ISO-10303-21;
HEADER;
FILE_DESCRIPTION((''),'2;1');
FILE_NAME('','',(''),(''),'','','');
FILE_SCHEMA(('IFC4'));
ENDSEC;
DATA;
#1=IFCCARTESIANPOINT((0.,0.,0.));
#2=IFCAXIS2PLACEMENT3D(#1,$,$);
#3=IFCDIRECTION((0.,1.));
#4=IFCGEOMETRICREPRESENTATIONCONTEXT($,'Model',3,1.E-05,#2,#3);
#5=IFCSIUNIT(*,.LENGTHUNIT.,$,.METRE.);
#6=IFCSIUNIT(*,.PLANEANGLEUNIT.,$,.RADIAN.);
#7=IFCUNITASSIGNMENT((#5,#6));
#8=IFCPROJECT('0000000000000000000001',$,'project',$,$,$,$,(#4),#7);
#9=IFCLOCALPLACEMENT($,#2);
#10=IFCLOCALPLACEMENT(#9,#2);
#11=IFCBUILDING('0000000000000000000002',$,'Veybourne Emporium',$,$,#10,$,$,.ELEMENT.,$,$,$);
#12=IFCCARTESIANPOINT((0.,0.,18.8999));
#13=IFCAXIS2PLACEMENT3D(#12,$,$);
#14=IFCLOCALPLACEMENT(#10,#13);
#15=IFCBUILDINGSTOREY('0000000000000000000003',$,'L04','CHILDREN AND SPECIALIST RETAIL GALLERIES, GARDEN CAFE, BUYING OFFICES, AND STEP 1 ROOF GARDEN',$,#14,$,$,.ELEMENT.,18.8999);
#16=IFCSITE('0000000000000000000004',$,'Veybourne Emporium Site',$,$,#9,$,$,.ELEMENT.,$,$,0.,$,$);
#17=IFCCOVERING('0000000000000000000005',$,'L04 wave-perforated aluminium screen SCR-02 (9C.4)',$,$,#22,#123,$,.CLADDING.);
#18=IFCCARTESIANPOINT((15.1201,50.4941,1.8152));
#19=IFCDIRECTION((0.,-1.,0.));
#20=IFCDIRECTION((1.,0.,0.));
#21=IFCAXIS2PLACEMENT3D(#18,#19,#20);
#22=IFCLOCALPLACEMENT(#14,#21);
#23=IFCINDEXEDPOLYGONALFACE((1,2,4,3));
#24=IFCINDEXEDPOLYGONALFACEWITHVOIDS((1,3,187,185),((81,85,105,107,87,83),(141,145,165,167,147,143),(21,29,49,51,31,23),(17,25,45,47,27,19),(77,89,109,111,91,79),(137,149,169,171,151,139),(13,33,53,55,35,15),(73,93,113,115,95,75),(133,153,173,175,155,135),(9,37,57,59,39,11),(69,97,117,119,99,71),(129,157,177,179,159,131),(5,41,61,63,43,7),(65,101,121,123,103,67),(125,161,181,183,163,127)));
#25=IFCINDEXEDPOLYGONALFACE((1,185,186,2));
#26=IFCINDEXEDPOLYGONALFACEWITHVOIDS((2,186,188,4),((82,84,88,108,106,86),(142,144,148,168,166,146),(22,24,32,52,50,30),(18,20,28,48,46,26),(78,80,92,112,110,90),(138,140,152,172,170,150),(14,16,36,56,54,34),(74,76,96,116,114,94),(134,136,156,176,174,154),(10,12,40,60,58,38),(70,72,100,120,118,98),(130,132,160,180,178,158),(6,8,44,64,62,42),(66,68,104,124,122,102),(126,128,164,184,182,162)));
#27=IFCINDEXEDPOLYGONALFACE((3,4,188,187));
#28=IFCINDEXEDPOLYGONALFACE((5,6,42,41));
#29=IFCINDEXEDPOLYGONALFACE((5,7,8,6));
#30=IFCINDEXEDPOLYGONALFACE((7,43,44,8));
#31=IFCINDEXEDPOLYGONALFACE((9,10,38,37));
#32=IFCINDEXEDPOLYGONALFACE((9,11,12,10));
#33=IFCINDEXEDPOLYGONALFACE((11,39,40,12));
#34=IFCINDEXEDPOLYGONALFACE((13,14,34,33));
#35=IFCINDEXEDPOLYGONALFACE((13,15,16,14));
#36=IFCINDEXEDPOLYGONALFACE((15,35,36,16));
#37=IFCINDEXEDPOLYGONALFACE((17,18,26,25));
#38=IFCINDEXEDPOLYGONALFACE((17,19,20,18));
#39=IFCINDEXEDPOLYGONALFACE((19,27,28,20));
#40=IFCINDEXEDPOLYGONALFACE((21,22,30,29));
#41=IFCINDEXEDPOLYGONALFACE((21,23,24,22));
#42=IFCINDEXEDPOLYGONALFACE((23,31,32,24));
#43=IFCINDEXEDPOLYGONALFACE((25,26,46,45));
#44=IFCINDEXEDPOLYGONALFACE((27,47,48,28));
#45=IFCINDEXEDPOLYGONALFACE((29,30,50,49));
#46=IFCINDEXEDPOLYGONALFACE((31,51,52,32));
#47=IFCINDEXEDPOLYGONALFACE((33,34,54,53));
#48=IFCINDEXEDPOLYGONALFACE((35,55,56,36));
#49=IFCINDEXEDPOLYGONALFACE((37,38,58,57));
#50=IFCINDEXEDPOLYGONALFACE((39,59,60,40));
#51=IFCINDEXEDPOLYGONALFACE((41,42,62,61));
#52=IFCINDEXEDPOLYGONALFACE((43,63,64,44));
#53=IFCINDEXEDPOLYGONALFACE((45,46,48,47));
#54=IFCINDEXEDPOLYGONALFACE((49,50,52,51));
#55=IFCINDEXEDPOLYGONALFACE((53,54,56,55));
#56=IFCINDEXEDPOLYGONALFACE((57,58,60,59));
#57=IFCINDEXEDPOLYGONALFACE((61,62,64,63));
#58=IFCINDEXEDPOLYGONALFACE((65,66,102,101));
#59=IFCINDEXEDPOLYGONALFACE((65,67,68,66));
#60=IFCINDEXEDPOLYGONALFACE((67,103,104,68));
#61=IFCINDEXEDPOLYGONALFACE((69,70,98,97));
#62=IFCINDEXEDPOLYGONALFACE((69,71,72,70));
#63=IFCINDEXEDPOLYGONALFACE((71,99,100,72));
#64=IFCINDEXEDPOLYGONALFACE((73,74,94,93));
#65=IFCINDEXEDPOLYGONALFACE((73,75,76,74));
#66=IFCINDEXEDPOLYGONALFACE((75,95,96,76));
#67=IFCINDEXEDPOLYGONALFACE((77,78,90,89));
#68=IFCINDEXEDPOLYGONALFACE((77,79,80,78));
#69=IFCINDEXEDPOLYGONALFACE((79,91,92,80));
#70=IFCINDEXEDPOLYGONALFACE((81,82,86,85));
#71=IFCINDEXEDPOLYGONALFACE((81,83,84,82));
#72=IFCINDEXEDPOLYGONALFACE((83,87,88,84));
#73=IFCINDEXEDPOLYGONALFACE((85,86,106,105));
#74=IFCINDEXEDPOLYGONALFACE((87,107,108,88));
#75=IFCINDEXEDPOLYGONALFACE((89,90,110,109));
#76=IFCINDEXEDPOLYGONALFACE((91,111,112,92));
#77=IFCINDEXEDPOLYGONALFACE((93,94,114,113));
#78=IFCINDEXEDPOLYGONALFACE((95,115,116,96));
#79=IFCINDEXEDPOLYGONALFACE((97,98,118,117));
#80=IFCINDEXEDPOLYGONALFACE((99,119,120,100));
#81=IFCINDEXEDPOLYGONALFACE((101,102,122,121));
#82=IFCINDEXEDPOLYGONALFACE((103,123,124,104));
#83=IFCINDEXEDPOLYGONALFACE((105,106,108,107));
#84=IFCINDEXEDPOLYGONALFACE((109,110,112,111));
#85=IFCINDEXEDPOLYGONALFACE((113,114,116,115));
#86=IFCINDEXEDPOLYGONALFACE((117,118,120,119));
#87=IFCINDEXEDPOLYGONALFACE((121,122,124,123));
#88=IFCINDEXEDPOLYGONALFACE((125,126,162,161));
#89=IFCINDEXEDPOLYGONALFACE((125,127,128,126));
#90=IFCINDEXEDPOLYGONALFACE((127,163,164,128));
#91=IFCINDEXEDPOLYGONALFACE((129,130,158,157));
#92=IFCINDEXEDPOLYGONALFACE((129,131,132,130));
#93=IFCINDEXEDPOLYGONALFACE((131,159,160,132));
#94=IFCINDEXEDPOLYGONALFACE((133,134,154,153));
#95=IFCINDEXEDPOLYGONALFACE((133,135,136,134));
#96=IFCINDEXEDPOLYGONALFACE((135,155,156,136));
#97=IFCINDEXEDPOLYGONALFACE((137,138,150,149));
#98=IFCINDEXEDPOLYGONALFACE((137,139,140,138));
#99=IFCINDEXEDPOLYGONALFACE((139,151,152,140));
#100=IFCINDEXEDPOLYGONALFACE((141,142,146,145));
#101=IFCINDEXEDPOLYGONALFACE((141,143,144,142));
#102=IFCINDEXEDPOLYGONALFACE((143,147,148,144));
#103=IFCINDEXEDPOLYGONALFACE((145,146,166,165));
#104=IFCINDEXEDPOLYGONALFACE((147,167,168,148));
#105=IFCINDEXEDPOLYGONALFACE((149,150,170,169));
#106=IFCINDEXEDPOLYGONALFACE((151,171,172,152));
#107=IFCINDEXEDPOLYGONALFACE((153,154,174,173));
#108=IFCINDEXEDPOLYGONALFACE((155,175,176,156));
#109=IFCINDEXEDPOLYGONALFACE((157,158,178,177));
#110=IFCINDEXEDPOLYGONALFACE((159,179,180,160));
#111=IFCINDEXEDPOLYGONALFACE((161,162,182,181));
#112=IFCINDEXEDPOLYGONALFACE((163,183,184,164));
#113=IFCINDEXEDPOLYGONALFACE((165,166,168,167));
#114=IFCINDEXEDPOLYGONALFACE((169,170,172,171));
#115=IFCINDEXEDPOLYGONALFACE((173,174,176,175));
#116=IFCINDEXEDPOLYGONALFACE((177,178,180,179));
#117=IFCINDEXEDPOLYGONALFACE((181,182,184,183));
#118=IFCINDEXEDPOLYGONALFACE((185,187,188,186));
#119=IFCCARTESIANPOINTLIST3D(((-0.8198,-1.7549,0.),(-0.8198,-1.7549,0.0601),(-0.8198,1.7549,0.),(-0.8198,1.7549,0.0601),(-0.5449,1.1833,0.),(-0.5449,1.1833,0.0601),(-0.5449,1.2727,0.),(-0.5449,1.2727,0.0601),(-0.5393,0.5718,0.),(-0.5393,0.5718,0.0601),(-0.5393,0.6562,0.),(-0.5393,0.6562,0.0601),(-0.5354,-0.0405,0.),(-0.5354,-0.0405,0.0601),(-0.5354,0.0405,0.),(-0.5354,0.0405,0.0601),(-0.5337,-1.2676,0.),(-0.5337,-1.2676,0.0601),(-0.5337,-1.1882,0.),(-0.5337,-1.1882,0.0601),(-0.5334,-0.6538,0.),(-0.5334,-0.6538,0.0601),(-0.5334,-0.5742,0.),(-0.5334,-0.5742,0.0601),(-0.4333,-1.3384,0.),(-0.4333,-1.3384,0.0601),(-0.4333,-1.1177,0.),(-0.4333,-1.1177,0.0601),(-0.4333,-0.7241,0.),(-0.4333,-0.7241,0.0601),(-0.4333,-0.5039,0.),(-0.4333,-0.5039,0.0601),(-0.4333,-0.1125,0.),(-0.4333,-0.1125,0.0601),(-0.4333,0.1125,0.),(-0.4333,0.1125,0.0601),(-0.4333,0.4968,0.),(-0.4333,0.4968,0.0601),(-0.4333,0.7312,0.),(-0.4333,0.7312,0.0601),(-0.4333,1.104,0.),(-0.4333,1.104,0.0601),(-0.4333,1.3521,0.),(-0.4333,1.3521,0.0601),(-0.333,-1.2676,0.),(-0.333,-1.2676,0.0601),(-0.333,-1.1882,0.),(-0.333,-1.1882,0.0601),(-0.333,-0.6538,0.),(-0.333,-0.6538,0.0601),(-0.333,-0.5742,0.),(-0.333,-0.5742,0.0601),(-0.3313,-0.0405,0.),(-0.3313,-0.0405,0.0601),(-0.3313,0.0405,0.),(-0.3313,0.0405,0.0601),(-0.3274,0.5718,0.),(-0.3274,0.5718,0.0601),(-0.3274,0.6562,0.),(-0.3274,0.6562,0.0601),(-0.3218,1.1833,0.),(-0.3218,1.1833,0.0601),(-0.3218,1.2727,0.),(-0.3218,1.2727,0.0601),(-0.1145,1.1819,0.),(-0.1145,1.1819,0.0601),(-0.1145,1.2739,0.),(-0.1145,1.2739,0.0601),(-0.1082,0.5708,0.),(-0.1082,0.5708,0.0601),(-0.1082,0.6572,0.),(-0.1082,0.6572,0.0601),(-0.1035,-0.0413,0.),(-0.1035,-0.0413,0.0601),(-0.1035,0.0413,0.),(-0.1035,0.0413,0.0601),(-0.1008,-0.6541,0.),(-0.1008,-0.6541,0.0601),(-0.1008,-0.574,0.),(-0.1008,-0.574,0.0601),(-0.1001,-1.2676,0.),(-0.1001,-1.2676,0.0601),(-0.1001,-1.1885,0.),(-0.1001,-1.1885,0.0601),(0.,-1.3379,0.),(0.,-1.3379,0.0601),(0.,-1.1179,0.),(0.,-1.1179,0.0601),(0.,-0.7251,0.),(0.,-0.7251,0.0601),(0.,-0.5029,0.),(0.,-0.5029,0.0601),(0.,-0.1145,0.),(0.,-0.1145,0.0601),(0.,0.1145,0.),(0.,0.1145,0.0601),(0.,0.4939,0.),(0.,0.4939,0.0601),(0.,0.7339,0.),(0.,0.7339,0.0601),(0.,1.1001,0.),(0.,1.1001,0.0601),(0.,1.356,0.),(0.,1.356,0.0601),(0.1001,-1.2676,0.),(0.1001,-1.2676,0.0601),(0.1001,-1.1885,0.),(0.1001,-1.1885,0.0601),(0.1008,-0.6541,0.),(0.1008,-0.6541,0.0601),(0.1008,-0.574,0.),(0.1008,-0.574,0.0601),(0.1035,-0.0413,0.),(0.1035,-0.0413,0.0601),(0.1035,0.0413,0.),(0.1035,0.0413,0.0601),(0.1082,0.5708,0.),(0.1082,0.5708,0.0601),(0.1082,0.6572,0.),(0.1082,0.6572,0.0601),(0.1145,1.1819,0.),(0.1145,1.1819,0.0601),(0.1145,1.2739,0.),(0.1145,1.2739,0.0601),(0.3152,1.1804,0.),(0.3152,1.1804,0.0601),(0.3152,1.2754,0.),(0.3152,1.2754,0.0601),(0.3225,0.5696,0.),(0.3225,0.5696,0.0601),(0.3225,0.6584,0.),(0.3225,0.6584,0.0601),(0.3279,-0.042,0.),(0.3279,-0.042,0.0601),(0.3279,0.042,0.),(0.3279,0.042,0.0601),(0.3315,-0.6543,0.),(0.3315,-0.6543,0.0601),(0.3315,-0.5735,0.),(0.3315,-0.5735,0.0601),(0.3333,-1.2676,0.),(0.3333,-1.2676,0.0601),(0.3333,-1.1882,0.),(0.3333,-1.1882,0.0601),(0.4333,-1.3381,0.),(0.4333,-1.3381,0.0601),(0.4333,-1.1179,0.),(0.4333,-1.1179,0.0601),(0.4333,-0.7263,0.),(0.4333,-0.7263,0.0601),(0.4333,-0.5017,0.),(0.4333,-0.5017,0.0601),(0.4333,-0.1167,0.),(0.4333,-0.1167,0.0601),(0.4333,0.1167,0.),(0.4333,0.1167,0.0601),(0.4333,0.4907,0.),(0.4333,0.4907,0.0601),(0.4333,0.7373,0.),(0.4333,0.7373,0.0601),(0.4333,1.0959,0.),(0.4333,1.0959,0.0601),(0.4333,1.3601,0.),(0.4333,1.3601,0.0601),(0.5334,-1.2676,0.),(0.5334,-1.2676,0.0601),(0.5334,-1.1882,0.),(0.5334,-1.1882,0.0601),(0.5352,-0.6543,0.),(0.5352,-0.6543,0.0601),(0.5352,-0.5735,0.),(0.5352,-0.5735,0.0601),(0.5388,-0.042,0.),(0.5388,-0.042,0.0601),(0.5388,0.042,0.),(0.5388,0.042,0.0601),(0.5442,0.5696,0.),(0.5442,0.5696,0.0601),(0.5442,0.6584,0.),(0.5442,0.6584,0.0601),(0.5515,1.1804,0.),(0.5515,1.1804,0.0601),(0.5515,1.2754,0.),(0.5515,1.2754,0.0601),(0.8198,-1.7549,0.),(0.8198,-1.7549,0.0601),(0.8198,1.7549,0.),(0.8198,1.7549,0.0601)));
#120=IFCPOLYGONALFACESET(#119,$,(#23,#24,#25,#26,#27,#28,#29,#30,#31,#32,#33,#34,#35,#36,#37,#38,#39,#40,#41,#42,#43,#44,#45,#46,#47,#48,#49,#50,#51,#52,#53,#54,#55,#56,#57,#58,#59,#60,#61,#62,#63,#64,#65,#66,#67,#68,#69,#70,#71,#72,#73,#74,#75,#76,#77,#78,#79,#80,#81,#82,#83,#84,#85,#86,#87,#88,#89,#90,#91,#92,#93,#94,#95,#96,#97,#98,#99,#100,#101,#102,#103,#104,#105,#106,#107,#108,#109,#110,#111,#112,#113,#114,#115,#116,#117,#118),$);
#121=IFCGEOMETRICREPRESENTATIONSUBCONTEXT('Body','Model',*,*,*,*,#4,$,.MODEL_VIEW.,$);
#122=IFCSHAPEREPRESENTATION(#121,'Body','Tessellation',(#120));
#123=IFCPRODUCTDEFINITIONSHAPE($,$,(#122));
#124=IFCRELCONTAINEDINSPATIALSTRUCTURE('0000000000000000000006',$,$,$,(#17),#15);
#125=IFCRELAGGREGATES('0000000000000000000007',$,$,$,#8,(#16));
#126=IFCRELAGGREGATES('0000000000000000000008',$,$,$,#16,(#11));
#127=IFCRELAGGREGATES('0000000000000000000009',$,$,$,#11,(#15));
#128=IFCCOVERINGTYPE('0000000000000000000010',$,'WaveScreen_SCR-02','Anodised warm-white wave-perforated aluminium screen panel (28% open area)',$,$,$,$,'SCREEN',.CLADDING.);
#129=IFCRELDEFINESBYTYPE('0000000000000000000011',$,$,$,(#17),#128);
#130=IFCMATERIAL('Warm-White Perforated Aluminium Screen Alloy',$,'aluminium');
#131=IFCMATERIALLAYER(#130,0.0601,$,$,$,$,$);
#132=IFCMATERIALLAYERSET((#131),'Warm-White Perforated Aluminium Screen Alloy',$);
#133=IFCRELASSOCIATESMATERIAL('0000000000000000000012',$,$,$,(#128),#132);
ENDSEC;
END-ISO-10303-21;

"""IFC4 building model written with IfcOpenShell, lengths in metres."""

from ifc_helpers import new_model, si_unit, direction, frame, origin, place, context, subcontext, project, spatial, polyline, outline, extrude, material, layer, layer_set, type_object, element, save


model = new_model("IFC4")

# Units and contexts
model_context = context("Model", 3, precision=1e-05, world=origin(), true_north=direction((0.0, 1.0)))
body_context = subcontext(model_context, "Body", "Model", "MODEL_VIEW")
ifc_project = project(units=[si_unit("LENGTHUNIT", "METRE"), si_unit("PLANEANGLEUNIT", "RADIAN")], contexts=[model_context])

# Site, building, storey
site_placement = place(None, origin())
site = spatial("IfcSite", under=ifc_project, at=site_placement, Name="Veybourne Emporium Site", CompositionType="ELEMENT", RefElevation=0.0)
building_placement = place(site_placement, origin())
building = spatial("IfcBuilding", under=site, at=building_placement, Name="Veybourne Emporium", CompositionType="ELEMENT")
storey_placement = place(building_placement, frame((0.0, 0.0, 18.8999)))
storey = spatial("IfcBuildingStorey", under=building, at=storey_placement, Name="L04", Description="CHILDREN AND SPECIALIST RETAIL GALLERIES, GARDEN CAFE, BUYING OFFICES, AND STEP 1 ROOF GARDEN", CompositionType="ELEMENT", Elevation=18.8999)

# Covering
ifc_material_1 = material(Name="Warm-White Perforated Aluminium Screen Alloy", Category="aluminium")
ifc_layer_1 = layer(ifc_material_1, 0.0601)
ifc_layer_set_1 = layer_set([ifc_layer_1], Name="Warm-White Perforated Aluminium Screen Alloy")
covering_type_1 = type_object("IfcCoveringType", Name="WaveScreen_SCR-02", Description="Anodised warm-white wave-perforated aluminium screen panel (28% open area)", ElementType="SCREEN", PredefinedType="CLADDING", material=ifc_layer_set_1)
covering_1_placement = place(storey_placement, frame((15.1201, 50.4941, 1.8152), z_axis=(0.0, -1.0, 0.0), x_axis=(1.0, 0.0, 0.0)))
element("IfcCovering", 1, at=covering_1_placement, inside=storey, type_object=covering_type_1, Name="L04 wave-perforated aluminium screen SCR-02 (9C.4)", PredefinedType="CLADDING", context=body_context, shape_type="SweptSolid", body=[
    extrude(outline(polyline([(-0.8198, -1.7549), (0.8198, -1.7549), (0.8198, 1.7549), (-0.8198, 1.7549), (-0.8198, -1.7549)]), holes=[polyline([(-0.4333, -1.1177), (-0.333, -1.1882), (-0.333, -1.2676), (-0.4333, -1.3384), (-0.5337, -1.2676), (-0.5337, -1.1882), (-0.4333, -1.1177)]), polyline([(-0.4333, -0.5039), (-0.333, -0.5742), (-0.333, -0.6538), (-0.4333, -0.7241), (-0.5334, -0.6538), (-0.5334, -0.5742), (-0.4333, -0.5039)]), polyline([(-0.4333, 0.1125), (-0.3313, 0.0405), (-0.3313, -0.0405), (-0.4333, -0.1125), (-0.5354, -0.0405), (-0.5354, 0.0405), (-0.4333, 0.1125)]), polyline([(-0.4333, 0.7312), (-0.3274, 0.6562), (-0.3274, 0.5718), (-0.4333, 0.4968), (-0.5393, 0.5718), (-0.5393, 0.6562), (-0.4333, 0.7312)]), polyline([(-0.4333, 1.3521), (-0.3218, 1.2727), (-0.3218, 1.1833), (-0.4333, 1.104), (-0.5449, 1.1833), (-0.5449, 1.2727), (-0.4333, 1.3521)]), polyline([(0.0, -1.1179), (0.1001, -1.1885), (0.1001, -1.2676), (0.0, -1.3379), (-0.1001, -1.2676), (-0.1001, -1.1885), (0.0, -1.1179)]), polyline([(0.0, -0.5029), (0.1008, -0.574), (0.1008, -0.6541), (0.0, -0.7251), (-0.1008, -0.6541), (-0.1008, -0.574), (0.0, -0.5029)]), polyline([(0.0, 0.1145), (0.1035, 0.0413), (0.1035, -0.0413), (0.0, -0.1145), (-0.1035, -0.0413), (-0.1035, 0.0413), (0.0, 0.1145)]), polyline([(0.0, 0.7339), (0.1082, 0.6572), (0.1082, 0.5708), (0.0, 0.4939), (-0.1082, 0.5708), (-0.1082, 0.6572), (0.0, 0.7339)]), polyline([(0.0, 1.356), (0.1145, 1.2739), (0.1145, 1.1819), (0.0, 1.1001), (-0.1145, 1.1819), (-0.1145, 1.2739), (0.0, 1.356)]), polyline([(0.4333, -1.1179), (0.5334, -1.1882), (0.5334, -1.2676), (0.4333, -1.3381), (0.3333, -1.2676), (0.3333, -1.1882), (0.4333, -1.1179)]), polyline([(0.4333, -0.5017), (0.5352, -0.5735), (0.5352, -0.6543), (0.4333, -0.7263), (0.3315, -0.6543), (0.3315, -0.5735), (0.4333, -0.5017)]), polyline([(0.4333, 0.1167), (0.5388, 0.042), (0.5388, -0.042), (0.4333, -0.1167), (0.3279, -0.042), (0.3279, 0.042), (0.4333, 0.1167)]), polyline([(0.4333, 0.7373), (0.5442, 0.6584), (0.5442, 0.5696), (0.4333, 0.4907), (0.3225, 0.5696), (0.3225, 0.6584), (0.4333, 0.7373)]), polyline([(0.4333, 1.3601), (0.5515, 1.2754), (0.5515, 1.1804), (0.4333, 1.0959), (0.3152, 1.1804), (0.3152, 1.2754), (0.4333, 1.3601)])]), origin(), (0.0, 0.0, 1.0), 0.0601),
])

save(model, "model.ifc")
